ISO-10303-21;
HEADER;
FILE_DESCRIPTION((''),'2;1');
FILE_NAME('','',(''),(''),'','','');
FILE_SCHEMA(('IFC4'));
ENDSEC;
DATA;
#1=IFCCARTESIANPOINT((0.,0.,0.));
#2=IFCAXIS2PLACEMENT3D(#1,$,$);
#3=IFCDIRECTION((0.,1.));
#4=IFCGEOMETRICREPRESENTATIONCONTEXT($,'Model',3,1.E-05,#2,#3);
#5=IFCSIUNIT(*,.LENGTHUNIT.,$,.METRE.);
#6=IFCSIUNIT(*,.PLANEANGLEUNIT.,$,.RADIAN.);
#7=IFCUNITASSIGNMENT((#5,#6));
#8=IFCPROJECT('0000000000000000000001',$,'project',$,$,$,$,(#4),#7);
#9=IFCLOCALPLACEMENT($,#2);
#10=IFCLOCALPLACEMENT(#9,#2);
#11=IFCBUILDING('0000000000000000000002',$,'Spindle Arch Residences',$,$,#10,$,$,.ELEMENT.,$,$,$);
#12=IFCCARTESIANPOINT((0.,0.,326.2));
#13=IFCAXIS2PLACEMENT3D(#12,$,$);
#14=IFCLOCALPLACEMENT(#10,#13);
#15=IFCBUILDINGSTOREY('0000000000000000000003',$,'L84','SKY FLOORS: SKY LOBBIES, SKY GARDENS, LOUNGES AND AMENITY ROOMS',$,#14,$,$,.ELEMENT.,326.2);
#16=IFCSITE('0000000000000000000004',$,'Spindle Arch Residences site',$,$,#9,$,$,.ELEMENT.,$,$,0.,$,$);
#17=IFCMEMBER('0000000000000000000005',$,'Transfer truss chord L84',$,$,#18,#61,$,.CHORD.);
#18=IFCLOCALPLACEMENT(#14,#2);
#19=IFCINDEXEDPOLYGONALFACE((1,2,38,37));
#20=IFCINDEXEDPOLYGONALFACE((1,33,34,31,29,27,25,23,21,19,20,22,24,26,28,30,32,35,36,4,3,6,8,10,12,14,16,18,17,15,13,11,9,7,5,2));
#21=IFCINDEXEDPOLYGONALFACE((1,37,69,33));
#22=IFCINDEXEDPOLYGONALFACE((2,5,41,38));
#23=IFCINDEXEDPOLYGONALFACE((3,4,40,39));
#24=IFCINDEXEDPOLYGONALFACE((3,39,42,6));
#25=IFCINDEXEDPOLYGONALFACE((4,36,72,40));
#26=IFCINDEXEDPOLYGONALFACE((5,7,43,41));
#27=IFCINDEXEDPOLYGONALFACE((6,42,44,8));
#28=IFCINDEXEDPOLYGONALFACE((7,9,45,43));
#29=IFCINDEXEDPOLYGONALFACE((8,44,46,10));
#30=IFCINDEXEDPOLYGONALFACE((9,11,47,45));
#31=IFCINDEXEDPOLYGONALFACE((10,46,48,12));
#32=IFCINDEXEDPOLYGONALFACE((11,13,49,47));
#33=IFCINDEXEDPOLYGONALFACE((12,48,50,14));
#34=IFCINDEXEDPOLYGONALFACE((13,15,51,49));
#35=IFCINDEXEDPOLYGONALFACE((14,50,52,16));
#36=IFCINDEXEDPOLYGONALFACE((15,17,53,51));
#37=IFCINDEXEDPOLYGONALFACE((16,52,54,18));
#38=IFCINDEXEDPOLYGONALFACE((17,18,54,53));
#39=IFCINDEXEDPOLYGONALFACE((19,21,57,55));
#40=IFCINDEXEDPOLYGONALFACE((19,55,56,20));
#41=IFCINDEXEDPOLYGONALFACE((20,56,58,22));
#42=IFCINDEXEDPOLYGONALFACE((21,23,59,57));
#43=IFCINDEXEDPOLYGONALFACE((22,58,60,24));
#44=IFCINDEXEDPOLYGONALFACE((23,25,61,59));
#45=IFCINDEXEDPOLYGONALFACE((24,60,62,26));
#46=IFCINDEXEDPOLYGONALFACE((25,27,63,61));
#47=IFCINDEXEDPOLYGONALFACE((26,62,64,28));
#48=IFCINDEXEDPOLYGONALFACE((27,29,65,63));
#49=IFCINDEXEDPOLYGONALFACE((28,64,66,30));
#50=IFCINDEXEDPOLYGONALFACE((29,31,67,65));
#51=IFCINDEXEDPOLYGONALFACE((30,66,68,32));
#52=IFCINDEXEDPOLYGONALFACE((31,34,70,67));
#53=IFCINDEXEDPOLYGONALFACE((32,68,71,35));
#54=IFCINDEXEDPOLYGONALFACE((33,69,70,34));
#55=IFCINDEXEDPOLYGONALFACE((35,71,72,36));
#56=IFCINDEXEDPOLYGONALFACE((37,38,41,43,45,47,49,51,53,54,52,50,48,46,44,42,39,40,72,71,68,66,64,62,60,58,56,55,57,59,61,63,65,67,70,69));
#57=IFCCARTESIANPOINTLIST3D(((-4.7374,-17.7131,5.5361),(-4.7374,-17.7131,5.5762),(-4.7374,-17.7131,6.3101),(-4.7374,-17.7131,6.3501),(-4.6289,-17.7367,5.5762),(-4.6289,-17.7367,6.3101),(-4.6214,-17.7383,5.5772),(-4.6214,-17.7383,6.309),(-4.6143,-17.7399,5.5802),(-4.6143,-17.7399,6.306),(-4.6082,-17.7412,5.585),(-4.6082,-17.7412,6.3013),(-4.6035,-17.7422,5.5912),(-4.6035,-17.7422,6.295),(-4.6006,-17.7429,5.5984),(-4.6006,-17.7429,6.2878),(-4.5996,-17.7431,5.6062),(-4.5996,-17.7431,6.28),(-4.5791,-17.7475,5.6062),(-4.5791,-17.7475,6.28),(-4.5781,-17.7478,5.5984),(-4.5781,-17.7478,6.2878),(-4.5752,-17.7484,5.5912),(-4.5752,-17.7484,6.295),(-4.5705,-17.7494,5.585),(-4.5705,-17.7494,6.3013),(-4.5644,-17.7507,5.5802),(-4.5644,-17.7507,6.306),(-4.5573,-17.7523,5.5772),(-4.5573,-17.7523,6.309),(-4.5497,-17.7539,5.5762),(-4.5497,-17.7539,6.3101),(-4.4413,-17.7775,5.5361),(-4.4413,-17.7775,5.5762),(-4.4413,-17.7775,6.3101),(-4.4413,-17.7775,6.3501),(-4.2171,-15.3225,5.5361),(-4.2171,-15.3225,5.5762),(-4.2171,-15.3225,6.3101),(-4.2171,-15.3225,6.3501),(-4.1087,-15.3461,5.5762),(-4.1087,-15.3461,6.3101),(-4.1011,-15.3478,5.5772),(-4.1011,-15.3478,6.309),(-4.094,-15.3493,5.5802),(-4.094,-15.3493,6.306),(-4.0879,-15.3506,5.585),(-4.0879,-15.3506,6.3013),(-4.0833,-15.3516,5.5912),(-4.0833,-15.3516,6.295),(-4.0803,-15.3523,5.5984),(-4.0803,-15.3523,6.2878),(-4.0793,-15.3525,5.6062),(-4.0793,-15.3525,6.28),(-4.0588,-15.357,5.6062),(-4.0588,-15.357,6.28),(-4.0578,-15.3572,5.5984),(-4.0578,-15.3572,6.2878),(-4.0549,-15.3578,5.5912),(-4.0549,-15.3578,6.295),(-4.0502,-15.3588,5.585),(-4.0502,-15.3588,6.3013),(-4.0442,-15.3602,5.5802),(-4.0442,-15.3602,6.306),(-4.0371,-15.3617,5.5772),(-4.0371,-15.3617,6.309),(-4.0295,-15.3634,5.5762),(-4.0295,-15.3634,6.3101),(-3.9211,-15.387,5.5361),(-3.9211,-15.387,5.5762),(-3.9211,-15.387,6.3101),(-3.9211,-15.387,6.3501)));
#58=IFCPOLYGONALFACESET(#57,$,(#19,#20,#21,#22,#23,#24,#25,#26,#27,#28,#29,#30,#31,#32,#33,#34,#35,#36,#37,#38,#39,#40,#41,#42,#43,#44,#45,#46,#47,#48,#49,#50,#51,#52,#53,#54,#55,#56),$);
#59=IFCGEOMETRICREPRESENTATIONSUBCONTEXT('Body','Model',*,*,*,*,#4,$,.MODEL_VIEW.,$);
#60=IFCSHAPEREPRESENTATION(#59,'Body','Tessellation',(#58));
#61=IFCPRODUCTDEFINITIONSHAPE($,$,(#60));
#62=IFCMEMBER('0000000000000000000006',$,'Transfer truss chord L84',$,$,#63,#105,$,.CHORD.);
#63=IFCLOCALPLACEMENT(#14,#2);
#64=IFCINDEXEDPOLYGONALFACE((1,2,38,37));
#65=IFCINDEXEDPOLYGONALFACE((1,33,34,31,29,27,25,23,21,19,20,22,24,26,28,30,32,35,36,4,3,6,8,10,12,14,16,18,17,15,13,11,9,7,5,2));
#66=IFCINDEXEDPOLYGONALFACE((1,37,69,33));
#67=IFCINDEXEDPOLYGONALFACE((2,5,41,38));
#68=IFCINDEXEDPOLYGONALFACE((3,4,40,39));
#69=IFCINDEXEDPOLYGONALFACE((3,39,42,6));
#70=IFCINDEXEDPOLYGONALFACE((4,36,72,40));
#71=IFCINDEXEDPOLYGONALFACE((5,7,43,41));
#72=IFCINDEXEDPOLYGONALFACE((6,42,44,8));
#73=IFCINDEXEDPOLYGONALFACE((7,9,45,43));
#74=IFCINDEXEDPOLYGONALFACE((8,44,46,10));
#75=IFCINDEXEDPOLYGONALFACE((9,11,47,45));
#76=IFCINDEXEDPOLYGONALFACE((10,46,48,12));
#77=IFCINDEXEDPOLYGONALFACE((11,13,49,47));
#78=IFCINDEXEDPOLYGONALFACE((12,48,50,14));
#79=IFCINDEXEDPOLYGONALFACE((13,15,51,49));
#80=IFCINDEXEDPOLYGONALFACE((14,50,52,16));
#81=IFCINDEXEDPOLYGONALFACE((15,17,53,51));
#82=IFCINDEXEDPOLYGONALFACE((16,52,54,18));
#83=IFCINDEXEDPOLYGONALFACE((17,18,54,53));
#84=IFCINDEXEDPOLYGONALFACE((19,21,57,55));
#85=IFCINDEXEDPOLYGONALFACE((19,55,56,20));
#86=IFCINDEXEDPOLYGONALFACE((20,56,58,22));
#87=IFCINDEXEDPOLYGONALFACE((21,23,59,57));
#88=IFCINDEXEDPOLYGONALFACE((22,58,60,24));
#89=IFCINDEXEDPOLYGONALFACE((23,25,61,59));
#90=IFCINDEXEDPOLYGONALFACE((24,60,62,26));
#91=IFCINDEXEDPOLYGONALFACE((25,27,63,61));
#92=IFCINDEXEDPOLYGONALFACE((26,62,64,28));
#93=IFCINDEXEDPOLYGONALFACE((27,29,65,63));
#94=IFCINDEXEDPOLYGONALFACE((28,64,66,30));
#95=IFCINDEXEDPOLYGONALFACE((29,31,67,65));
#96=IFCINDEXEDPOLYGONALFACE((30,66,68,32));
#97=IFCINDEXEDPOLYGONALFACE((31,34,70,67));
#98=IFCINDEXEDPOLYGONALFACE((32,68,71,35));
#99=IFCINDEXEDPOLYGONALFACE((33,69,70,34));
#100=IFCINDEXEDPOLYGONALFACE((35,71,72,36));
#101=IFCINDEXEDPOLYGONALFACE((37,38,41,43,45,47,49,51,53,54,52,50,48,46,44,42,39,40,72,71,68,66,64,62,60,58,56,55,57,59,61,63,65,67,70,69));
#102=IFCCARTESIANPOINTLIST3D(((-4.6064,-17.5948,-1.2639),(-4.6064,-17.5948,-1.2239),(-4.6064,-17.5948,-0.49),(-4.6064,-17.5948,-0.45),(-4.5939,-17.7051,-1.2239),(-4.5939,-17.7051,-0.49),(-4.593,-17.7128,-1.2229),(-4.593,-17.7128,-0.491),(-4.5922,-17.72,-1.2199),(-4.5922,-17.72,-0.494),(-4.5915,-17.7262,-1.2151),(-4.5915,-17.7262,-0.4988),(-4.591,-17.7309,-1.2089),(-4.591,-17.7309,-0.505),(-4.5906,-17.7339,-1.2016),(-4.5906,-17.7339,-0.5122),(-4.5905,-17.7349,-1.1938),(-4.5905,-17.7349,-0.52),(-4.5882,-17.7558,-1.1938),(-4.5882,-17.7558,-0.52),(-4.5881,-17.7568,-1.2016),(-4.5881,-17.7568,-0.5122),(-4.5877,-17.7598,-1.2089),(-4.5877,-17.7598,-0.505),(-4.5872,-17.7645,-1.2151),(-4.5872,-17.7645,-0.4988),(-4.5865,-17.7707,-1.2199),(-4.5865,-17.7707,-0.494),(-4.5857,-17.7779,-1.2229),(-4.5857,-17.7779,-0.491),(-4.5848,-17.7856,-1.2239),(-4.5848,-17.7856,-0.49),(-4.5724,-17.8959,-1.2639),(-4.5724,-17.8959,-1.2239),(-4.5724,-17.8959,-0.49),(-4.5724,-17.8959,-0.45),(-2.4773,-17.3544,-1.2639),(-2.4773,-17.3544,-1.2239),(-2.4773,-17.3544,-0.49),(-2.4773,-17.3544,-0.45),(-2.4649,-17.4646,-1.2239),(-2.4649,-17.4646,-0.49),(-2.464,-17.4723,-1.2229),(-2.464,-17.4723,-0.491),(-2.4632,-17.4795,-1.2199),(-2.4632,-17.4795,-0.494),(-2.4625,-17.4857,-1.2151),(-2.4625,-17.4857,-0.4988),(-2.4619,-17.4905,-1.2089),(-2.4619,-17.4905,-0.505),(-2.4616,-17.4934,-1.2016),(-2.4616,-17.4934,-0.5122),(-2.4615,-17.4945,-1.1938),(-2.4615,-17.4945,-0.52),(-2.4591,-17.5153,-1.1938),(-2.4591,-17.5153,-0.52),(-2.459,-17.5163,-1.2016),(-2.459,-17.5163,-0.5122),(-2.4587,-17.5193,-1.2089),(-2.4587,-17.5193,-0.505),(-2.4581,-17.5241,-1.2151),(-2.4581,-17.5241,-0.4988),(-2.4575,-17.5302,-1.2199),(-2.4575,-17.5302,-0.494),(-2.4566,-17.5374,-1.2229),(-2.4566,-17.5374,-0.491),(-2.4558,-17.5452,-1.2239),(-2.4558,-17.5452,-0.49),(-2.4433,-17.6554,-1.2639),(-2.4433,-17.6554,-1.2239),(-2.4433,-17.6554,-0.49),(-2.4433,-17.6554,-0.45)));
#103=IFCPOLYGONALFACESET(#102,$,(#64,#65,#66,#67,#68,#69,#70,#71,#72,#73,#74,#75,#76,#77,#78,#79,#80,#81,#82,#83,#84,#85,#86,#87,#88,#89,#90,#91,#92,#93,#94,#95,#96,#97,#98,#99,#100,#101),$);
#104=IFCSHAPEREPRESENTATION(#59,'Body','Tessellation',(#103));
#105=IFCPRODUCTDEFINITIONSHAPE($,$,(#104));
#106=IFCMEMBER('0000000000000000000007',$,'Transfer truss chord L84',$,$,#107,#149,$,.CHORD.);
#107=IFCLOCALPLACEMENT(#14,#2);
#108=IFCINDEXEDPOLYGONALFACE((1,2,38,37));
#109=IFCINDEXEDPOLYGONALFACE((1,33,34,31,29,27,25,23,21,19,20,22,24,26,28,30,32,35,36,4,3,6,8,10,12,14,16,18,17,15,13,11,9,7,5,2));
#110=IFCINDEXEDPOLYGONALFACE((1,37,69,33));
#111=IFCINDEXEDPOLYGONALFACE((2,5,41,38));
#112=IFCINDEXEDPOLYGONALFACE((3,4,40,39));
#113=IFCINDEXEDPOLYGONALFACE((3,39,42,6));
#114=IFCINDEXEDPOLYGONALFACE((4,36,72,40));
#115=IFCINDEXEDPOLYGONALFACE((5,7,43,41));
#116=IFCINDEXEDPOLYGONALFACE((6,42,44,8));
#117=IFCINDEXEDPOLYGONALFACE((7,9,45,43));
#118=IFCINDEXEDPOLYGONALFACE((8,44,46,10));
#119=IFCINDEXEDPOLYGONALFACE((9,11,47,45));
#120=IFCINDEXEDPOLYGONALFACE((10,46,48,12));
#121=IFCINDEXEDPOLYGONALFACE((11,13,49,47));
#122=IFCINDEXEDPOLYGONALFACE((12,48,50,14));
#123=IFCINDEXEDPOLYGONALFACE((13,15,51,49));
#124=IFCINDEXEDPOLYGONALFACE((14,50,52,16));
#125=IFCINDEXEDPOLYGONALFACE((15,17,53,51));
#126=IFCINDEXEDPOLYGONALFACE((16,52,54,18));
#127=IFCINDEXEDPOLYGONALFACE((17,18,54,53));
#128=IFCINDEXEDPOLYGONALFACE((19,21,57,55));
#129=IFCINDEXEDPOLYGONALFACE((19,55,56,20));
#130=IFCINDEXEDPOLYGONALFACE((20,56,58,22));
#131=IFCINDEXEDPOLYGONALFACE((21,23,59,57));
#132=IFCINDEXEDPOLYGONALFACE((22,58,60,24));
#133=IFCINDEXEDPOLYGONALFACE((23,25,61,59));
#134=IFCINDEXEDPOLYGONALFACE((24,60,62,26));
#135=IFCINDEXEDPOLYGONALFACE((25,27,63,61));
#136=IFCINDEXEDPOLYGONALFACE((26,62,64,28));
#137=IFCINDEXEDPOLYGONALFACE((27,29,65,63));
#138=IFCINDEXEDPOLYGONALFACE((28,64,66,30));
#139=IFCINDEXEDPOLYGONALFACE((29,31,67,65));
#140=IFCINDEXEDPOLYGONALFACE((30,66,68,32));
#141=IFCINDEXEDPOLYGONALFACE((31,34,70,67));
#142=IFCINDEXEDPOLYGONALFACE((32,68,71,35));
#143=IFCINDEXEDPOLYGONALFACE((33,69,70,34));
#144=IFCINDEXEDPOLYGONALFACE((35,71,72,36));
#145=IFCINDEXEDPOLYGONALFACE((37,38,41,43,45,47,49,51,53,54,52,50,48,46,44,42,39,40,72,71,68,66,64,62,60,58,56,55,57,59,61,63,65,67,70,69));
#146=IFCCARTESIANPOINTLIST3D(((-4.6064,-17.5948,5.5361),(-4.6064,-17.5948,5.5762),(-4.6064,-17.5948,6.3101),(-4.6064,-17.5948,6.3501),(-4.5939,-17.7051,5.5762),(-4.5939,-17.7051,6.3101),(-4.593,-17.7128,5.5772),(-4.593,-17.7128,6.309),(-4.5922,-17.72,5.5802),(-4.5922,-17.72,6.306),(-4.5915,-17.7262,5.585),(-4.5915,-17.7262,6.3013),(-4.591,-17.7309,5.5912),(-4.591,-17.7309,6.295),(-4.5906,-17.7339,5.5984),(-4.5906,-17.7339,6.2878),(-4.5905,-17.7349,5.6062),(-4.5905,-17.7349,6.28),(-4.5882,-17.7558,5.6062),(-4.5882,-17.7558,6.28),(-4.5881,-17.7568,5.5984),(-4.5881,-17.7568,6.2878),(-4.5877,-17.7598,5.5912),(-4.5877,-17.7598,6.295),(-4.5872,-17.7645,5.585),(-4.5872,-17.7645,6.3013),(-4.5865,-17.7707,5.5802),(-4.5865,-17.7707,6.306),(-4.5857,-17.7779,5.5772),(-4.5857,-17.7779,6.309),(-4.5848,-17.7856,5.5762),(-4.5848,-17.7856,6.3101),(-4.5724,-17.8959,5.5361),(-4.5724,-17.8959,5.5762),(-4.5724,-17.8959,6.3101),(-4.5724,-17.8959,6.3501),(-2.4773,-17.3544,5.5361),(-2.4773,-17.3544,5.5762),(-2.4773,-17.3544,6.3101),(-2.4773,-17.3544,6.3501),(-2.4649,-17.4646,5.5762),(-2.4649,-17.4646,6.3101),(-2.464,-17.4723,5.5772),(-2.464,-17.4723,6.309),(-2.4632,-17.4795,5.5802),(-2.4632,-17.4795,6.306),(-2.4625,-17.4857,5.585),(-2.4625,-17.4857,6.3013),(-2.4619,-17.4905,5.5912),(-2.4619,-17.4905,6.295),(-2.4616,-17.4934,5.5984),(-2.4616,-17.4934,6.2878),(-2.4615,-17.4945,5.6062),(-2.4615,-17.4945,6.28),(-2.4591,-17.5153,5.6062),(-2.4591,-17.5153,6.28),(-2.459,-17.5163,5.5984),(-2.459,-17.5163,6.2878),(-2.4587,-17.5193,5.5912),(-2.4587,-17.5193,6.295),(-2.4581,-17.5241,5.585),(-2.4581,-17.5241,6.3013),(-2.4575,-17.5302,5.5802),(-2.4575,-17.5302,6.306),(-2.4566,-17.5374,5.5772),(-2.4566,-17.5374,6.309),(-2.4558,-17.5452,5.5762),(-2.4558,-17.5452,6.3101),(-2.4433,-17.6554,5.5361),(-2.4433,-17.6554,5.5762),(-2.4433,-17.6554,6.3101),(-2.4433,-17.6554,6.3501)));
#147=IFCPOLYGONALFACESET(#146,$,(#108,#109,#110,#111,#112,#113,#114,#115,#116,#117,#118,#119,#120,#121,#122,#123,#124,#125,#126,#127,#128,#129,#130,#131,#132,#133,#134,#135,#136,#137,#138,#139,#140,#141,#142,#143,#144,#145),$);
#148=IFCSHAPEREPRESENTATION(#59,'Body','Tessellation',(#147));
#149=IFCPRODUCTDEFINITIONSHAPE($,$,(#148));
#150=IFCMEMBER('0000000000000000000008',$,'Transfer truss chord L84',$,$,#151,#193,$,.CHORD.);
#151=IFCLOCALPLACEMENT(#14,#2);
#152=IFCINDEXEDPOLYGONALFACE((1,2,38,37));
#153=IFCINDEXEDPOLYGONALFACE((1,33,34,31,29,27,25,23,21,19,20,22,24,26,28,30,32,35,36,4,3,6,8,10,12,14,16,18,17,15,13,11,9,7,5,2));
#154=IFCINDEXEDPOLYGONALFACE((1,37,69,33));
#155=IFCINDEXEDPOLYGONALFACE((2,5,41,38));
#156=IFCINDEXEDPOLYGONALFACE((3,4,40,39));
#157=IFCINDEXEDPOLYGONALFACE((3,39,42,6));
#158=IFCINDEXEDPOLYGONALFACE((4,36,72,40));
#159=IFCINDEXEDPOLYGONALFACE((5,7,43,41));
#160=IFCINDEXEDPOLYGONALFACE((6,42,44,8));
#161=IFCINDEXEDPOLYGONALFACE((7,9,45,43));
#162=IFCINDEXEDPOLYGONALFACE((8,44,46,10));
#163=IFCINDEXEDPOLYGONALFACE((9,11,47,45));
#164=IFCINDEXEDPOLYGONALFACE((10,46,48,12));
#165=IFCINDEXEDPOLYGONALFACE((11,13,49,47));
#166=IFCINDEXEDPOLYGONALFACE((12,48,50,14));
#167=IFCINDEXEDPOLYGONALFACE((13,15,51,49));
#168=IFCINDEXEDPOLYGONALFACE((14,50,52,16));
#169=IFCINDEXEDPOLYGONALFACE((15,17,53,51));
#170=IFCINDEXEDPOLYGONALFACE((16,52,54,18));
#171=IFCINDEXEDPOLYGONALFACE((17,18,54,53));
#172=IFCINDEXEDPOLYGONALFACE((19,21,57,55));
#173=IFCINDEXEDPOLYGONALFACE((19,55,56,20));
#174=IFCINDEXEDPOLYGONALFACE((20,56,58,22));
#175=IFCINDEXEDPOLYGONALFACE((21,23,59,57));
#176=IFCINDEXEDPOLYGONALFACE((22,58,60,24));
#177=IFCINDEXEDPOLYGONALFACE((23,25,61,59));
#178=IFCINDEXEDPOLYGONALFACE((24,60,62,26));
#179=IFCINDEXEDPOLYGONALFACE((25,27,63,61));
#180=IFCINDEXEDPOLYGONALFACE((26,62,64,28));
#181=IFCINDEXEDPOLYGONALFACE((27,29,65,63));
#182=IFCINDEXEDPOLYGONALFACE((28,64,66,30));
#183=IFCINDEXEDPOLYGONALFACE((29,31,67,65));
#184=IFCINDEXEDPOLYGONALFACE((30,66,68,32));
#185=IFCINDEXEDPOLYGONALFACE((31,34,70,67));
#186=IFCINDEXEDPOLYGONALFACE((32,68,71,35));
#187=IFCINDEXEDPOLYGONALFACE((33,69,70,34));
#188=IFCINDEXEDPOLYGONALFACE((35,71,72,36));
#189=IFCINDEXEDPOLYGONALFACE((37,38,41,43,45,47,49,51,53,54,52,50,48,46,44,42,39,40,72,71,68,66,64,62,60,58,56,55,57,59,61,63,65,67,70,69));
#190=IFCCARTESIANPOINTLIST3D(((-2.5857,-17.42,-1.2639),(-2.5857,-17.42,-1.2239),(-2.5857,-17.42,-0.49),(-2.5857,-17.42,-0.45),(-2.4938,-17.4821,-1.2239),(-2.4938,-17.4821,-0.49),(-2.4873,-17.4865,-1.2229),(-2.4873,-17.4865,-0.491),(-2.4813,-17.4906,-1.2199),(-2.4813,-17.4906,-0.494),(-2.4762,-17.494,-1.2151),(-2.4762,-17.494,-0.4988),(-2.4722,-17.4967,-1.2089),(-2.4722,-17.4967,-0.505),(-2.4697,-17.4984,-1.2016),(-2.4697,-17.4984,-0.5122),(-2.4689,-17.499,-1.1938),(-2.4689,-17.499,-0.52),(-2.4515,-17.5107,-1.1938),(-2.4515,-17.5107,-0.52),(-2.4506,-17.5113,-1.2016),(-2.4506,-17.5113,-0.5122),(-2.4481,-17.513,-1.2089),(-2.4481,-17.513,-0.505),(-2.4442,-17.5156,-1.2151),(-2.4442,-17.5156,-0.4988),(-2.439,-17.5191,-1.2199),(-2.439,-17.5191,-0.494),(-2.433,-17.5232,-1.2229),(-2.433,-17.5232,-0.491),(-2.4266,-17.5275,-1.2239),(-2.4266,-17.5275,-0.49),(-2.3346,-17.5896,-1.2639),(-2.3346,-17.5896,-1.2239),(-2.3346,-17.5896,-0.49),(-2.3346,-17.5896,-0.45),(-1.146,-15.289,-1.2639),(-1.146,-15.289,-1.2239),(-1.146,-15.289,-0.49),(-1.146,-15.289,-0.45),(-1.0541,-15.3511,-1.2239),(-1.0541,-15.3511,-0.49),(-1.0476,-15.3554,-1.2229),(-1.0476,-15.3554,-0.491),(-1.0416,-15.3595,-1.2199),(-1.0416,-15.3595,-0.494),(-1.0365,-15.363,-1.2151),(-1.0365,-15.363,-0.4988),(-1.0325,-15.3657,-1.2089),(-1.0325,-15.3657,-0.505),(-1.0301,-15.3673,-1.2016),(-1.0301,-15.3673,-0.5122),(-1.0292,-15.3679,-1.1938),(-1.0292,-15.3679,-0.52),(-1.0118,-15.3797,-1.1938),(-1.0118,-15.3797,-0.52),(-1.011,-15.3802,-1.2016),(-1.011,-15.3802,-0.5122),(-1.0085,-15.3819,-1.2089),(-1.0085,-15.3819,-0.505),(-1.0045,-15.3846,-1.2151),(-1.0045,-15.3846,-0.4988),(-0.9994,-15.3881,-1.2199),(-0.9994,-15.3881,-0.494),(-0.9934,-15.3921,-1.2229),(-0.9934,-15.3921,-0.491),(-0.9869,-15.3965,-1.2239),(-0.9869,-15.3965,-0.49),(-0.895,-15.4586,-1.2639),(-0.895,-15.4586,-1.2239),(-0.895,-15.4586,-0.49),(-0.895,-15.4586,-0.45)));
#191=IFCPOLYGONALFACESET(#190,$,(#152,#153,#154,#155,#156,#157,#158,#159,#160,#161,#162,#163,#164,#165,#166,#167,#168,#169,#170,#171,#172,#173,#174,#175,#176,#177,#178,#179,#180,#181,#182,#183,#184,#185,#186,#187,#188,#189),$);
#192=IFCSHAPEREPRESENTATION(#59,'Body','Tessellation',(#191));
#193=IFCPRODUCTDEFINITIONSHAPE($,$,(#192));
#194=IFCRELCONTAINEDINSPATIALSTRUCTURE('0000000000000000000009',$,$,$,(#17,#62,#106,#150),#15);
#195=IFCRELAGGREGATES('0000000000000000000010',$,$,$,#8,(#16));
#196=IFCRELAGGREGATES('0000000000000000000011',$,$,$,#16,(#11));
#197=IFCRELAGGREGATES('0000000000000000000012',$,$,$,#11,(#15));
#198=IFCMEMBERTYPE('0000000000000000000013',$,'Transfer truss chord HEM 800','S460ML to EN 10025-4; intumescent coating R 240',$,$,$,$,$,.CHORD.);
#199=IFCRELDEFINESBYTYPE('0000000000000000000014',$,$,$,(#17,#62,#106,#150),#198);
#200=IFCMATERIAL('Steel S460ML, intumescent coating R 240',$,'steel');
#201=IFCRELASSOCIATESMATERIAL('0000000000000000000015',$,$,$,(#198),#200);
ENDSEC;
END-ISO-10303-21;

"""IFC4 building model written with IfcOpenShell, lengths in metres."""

from ifc_helpers import new_model, si_unit, direction, frame, origin, origin_2d, place, context, subcontext, project, spatial, i_section, extrude, material, material_profile, profile_set, type_object, element, save


model = new_model("IFC4")

# Units and contexts
model_context = context("Model", 3, precision=1e-05, world=origin(), true_north=direction((0.0, 1.0)))
body_context = subcontext(model_context, "Body", "Model", "MODEL_VIEW")
ifc_project = project(units=[si_unit("LENGTHUNIT", "METRE"), si_unit("PLANEANGLEUNIT", "RADIAN")], contexts=[model_context])

# Site, building, storey
site_placement = place(None, origin())
site = spatial("IfcSite", under=ifc_project, at=site_placement, Name="Spindle Arch Residences site", CompositionType="ELEMENT", RefElevation=0.0)
building_placement = place(site_placement, origin())
building = spatial("IfcBuilding", under=site, at=building_placement, Name="Spindle Arch Residences", CompositionType="ELEMENT")
storey_placement = place(building_placement, frame((0.0, 0.0, 326.2)))
storey = spatial("IfcBuildingStorey", under=building, at=storey_placement, Name="L84", Description="SKY FLOORS: SKY LOBBIES, SKY GARDENS, LOUNGES AND AMENITY ROOMS", CompositionType="ELEMENT", Elevation=326.2)

# Members
ifc_material_1 = material(Name="Steel S460ML, intumescent coating R 240", Category="steel")
ifc_material_profile_1 = material_profile(ifc_material_1, i_section(OverallWidth=0.303, OverallDepth=0.814, WebThickness=0.021, FlangeThickness=0.04, FilletRadius=0.03, at=origin_2d()), Name="HEM 800")
ifc_profile_set_1 = profile_set([ifc_material_profile_1], Name="Steel S460ML, intumescent coating R 240")
member_type_1 = type_object("IfcMemberType", Name="Transfer truss chord HEM 800", Description="S460ML to EN 10025-4; intumescent coating R 240", PredefinedType="CHORD", material=ifc_profile_set_1)
for number, where, z_axis, x_axis, name in (
    (1, (-4.0691, -15.3547, 5.9431), (-0.212649, -0.977129, 0.0), (0.977129, -0.212649, 0.0), "Transfer truss chord L84"),
):
    element("IfcMember", number, at=place(storey_placement, frame(where, z_axis=z_axis, x_axis=x_axis)), inside=storey, type_object=member_type_1, Name=name, PredefinedType="CHORD", context=body_context, shape_type="SweptSolid", body=[
        extrude(i_section(OverallWidth=0.303, OverallDepth=0.814, WebThickness=0.021, FlangeThickness=0.04, FilletRadius=0.03, at=origin_2d()), origin(), (0.0, 0.0, 1.0), 2.4465),
    ])
for number, where, z_axis, x_axis, name in (
    (2, (-4.5894, -17.7454, -0.8569), (0.993682, 0.112232, 0.0), (-0.112232, 0.993682, 0.0), "Transfer truss chord L84"),
    (3, (-4.5894, -17.7454, 5.9431), (0.993682, 0.112232, 0.0), (-0.112232, 0.993682, 0.0), "Transfer truss chord L84"),
):
    element("IfcMember", number, at=place(storey_placement, frame(where, z_axis=z_axis, x_axis=x_axis)), inside=storey, type_object=member_type_1, Name=name, PredefinedType="CHORD", context=body_context, shape_type="SweptSolid", body=[
        extrude(i_section(OverallWidth=0.303, OverallDepth=0.814, WebThickness=0.021, FlangeThickness=0.04, FilletRadius=0.03, at=origin_2d()), origin(), (0.0, 0.0, 1.0), 2.1426),
    ])
member_1_placement = place(storey_placement, frame((-1.0205, -15.3738, -0.8569), z_axis=(-0.559794, -0.828632, 0.0), x_axis=(0.828632, -0.559794, 0.0)))
element("IfcMember", 4, at=member_1_placement, inside=storey, type_object=member_type_1, Name="Transfer truss chord L84", PredefinedType="CHORD", context=body_context, shape_type="SweptSolid", body=[
    extrude(i_section(OverallWidth=0.303, OverallDepth=0.814, WebThickness=0.021, FlangeThickness=0.04, FilletRadius=0.03, at=origin_2d()), origin(), (0.0, 0.0, 1.0), 2.5718),
])

save(model, "model.ifc")
